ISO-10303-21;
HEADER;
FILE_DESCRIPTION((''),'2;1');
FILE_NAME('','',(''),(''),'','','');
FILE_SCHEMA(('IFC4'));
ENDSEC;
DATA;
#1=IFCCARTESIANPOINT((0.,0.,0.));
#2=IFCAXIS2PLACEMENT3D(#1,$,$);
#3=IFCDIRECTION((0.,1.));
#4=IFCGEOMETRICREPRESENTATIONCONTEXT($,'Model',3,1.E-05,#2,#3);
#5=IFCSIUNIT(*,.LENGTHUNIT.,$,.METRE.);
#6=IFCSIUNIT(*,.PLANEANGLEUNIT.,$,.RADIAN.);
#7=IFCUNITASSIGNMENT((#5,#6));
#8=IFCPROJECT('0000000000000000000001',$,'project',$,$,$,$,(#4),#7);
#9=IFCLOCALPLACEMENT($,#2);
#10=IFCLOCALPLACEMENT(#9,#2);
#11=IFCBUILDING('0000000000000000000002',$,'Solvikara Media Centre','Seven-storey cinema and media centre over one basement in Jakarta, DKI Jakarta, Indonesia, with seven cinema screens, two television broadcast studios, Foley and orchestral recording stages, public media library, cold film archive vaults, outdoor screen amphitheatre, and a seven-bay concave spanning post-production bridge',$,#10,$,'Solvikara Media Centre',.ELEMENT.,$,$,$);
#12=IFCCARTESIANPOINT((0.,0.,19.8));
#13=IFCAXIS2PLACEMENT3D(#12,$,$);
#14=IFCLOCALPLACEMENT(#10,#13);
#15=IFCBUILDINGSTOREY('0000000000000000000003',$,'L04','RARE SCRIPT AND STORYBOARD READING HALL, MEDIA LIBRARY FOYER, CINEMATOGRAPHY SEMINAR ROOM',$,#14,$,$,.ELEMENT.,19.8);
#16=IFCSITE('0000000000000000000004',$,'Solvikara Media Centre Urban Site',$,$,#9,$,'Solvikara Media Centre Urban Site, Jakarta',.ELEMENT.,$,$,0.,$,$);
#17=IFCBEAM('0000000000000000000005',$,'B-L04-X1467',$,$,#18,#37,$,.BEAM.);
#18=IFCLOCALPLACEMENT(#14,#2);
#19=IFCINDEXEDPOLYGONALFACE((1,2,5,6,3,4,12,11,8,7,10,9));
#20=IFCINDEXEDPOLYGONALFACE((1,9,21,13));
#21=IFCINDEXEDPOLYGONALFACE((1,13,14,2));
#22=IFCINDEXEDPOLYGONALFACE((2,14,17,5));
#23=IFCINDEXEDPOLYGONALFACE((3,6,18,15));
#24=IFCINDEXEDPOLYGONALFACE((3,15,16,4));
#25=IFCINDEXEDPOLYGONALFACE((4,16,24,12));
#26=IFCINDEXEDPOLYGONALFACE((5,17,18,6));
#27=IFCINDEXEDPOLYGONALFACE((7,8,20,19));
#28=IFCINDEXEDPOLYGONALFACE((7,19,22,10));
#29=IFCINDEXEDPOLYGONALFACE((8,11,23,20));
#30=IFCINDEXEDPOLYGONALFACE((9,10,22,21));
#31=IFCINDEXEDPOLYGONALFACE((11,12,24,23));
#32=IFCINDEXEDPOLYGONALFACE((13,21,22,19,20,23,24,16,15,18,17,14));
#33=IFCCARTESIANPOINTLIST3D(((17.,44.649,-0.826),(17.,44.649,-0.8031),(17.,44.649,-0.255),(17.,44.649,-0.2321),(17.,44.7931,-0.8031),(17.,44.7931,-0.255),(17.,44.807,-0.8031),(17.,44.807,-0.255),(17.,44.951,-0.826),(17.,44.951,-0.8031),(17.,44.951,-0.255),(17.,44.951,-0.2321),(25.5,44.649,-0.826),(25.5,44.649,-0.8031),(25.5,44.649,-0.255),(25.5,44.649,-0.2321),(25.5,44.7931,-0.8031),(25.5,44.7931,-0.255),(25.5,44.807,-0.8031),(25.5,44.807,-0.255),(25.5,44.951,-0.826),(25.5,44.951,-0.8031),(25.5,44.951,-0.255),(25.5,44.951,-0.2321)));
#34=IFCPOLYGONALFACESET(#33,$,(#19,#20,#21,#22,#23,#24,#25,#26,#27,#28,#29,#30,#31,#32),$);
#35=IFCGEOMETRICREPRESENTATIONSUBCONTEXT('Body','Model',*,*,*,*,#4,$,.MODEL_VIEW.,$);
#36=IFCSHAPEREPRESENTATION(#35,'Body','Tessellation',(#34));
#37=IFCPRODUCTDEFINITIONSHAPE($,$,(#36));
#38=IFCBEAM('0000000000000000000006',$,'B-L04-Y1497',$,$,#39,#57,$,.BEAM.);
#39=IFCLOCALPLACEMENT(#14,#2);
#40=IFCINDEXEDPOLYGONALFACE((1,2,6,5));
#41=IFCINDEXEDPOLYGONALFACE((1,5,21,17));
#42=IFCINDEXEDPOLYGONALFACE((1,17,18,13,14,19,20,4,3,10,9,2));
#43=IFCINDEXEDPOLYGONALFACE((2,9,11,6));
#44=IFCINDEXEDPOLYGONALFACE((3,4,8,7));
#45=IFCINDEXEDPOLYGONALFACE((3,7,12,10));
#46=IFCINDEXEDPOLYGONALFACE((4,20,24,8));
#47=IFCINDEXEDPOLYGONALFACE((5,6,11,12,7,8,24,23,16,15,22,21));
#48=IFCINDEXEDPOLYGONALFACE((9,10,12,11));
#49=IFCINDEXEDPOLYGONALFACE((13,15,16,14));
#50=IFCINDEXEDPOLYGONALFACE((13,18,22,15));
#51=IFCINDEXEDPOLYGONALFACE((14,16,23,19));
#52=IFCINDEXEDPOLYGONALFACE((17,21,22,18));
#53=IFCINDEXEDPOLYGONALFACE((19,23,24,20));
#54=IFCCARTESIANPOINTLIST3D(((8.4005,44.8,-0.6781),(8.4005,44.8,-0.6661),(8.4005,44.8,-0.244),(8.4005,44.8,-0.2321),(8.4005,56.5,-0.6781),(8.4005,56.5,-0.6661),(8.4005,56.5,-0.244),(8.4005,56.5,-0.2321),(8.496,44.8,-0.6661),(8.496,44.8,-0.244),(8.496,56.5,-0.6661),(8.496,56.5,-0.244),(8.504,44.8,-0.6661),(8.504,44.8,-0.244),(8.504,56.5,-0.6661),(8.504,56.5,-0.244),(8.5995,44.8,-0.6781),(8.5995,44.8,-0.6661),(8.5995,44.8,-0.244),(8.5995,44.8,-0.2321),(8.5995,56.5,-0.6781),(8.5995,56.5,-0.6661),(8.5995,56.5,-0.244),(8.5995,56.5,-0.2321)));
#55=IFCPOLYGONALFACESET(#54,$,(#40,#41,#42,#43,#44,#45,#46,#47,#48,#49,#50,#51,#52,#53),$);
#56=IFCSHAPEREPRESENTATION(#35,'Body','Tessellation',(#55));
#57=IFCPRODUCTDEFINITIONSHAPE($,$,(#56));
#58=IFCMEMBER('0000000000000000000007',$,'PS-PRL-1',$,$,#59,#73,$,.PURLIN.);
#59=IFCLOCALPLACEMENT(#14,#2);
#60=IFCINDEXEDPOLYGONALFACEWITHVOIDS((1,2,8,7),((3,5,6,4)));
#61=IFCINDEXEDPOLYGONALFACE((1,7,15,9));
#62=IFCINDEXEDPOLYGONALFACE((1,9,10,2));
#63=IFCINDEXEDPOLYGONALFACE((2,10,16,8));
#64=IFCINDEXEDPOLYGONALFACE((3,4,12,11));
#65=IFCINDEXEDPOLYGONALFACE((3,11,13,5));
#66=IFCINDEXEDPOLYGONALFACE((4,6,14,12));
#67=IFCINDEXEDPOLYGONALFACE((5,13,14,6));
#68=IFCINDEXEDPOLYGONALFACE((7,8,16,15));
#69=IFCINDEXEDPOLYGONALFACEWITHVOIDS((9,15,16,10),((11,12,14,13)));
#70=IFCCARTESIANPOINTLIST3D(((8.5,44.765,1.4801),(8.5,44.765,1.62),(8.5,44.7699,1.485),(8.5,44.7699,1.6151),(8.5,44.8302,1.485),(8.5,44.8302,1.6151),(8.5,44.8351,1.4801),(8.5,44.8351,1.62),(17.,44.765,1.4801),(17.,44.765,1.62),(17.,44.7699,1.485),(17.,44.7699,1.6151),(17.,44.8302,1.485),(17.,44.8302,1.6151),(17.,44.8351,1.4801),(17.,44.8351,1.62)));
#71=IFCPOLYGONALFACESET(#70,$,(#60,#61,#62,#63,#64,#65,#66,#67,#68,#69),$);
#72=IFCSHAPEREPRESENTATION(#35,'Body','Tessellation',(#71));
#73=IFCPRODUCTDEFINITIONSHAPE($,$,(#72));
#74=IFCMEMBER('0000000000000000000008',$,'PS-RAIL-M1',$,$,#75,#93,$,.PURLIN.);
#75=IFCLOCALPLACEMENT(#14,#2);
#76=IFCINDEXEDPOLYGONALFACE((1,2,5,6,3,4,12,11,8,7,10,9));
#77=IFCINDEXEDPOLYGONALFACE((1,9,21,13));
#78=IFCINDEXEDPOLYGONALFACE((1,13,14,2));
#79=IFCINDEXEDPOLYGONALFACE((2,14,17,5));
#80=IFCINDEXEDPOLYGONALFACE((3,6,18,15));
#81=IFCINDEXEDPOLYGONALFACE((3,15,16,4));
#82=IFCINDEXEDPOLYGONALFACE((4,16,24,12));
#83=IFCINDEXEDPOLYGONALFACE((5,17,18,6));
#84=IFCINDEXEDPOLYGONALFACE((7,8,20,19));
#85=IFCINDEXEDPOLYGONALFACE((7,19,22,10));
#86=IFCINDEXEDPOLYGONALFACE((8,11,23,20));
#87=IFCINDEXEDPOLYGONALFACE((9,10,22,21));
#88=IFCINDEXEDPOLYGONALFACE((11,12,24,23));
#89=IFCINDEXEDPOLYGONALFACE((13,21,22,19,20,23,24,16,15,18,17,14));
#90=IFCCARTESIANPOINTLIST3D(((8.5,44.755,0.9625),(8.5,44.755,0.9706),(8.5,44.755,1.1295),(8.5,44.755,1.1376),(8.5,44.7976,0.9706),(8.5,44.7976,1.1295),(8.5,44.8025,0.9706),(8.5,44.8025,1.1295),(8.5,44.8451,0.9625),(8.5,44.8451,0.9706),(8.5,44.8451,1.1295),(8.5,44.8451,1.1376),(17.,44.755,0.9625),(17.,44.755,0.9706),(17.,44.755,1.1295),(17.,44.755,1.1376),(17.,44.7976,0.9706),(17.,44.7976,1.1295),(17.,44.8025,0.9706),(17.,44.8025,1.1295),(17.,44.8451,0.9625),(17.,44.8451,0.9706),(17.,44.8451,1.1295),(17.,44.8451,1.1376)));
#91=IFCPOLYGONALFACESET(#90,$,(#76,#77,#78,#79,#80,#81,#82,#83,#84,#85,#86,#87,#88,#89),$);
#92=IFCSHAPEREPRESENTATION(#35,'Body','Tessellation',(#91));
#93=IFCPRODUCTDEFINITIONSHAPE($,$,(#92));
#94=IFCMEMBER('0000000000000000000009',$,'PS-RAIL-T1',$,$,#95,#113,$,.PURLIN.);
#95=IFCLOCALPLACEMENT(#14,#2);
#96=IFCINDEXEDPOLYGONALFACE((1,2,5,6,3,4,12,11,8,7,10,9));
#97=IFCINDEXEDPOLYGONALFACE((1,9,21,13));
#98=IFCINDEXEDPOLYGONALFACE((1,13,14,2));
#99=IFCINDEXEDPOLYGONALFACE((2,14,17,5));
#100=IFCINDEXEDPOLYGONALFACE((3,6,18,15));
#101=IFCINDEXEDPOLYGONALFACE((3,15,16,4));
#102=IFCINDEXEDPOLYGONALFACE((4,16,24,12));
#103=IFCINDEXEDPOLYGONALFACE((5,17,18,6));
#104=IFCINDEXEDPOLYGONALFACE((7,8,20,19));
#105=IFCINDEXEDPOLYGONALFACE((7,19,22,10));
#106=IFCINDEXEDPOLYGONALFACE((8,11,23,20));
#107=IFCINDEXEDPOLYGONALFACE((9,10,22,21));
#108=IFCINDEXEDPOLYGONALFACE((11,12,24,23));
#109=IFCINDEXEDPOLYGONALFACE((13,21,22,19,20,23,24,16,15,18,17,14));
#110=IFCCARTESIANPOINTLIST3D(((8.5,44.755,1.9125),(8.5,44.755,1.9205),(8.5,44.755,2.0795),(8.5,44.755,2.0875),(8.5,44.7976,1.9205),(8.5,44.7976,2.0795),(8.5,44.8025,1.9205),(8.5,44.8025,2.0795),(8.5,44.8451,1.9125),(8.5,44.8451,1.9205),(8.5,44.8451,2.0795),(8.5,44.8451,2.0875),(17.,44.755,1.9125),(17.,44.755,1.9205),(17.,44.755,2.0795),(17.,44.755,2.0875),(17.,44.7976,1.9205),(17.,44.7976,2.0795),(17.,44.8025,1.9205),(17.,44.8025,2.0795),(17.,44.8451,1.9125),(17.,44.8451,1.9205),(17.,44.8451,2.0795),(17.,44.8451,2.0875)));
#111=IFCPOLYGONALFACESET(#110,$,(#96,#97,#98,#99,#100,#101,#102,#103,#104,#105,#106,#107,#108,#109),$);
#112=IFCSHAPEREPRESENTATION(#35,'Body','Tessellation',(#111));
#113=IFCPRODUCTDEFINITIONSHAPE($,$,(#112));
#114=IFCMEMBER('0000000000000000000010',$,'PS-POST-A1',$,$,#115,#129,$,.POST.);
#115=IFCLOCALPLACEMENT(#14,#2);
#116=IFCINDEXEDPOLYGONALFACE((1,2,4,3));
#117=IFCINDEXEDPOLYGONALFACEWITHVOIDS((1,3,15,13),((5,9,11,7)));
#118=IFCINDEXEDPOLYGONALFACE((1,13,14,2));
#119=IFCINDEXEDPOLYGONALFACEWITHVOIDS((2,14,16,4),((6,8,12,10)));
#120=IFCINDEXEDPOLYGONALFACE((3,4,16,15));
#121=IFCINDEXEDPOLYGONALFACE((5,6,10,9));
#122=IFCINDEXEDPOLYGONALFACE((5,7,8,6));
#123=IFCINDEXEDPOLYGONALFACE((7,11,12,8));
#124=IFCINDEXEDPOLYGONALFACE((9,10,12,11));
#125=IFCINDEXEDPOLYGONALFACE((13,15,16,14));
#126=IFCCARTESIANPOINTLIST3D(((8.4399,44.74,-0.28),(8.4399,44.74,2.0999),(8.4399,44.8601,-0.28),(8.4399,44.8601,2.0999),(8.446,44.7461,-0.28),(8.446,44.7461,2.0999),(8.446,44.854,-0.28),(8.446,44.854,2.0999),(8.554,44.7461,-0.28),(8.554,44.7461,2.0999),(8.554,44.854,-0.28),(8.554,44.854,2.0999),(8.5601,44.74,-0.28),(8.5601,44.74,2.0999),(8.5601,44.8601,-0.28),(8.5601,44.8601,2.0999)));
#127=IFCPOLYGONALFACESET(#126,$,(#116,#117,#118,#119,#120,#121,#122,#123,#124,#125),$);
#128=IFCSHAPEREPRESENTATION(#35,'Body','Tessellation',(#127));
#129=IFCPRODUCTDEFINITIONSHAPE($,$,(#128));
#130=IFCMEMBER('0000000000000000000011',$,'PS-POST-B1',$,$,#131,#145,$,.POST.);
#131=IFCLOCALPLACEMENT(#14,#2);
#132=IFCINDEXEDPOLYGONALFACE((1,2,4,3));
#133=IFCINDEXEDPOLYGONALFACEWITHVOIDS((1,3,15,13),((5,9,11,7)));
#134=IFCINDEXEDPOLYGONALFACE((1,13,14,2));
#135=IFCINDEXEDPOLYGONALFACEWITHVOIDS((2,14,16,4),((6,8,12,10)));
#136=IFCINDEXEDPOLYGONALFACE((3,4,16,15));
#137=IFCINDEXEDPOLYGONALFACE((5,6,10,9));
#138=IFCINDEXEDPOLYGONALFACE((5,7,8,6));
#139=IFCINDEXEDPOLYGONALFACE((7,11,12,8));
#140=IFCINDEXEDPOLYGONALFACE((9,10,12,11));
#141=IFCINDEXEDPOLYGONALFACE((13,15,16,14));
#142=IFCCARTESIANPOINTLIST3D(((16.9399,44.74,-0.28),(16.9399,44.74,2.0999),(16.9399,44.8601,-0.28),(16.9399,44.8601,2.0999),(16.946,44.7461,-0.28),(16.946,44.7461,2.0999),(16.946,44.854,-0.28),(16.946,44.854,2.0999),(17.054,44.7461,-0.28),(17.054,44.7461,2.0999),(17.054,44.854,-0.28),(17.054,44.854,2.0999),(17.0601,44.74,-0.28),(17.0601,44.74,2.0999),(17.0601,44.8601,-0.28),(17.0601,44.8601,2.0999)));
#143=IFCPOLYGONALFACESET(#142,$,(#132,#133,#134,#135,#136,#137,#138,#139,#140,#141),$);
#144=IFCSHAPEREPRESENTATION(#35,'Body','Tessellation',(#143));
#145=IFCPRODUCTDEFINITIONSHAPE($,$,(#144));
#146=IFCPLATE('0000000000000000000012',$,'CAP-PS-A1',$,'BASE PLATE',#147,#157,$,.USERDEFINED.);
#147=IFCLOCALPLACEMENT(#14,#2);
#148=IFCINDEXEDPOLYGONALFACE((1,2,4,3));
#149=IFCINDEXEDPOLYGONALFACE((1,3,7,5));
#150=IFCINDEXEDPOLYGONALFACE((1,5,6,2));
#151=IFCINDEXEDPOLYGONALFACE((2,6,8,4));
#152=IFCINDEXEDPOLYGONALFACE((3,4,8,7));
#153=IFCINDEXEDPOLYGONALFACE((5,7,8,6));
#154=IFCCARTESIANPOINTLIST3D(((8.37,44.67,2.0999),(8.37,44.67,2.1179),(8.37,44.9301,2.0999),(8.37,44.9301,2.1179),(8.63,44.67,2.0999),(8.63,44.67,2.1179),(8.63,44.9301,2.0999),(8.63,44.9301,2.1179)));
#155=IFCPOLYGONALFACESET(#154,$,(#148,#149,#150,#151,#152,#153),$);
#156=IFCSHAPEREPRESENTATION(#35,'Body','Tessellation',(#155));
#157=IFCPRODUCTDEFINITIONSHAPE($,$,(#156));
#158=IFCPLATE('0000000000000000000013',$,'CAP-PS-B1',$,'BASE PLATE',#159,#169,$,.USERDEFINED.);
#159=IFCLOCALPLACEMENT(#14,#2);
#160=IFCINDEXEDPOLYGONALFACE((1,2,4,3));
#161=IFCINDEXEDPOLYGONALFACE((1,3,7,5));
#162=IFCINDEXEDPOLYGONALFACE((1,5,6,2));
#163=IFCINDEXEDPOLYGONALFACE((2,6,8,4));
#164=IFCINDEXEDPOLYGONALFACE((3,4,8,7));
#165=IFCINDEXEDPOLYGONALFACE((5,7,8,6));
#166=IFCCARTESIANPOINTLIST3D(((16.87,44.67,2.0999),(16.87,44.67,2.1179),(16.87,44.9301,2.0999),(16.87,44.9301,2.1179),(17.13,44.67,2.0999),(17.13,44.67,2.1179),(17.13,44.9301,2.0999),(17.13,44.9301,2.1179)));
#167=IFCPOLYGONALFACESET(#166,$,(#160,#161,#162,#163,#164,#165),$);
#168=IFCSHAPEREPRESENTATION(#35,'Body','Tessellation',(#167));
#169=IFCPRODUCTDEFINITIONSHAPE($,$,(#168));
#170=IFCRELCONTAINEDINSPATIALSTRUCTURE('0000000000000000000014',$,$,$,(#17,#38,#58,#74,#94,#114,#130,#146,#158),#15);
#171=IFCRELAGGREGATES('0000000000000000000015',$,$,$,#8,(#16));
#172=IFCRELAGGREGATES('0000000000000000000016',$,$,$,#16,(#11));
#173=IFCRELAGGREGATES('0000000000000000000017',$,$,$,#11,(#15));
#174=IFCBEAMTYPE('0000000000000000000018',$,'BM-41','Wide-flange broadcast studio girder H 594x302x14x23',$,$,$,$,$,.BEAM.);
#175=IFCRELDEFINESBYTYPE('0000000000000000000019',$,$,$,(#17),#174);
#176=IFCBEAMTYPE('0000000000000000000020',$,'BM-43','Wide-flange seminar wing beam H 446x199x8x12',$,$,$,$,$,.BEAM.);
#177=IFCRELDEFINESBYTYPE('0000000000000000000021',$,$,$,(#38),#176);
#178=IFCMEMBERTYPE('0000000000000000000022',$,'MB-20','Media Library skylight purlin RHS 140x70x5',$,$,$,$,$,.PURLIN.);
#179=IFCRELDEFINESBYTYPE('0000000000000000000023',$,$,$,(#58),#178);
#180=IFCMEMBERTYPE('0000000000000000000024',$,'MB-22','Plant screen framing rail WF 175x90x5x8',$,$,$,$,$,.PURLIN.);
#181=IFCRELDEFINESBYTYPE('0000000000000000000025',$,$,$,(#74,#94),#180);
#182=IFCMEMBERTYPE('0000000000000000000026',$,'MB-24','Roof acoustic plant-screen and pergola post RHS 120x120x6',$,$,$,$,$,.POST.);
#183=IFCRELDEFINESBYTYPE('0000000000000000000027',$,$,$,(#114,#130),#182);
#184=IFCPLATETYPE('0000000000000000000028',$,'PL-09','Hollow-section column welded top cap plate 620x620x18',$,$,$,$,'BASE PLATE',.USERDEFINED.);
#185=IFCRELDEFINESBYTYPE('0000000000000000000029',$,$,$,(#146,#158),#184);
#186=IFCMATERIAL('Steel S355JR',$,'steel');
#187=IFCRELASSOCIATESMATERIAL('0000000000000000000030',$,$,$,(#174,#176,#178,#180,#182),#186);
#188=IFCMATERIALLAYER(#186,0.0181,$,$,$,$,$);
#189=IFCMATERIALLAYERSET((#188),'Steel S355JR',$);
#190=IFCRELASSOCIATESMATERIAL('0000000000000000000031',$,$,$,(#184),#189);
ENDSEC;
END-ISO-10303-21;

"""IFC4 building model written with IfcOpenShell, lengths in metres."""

from ifc_helpers import new_model, si_unit, direction, frame, origin, origin_2d, place, context, subcontext, project, spatial, rectangle, hollow_rectangle, i_section, extrude, material, layer, layer_set, material_profile, profile_set, type_object, element, save


model = new_model("IFC4")

# Units and contexts
model_context = context("Model", 3, precision=1e-05, world=origin(), true_north=direction((0.0, 1.0)))
body_context = subcontext(model_context, "Body", "Model", "MODEL_VIEW")
ifc_project = project(units=[si_unit("LENGTHUNIT", "METRE"), si_unit("PLANEANGLEUNIT", "RADIAN")], contexts=[model_context])

# Site, building, storey
site_placement = place(None, origin())
site = spatial("IfcSite", under=ifc_project, at=site_placement, Name="Solvikara Media Centre Urban Site", LongName="Solvikara Media Centre Urban Site, Jakarta", CompositionType="ELEMENT", RefElevation=0.0)
building_placement = place(site_placement, origin())
building = spatial("IfcBuilding", under=site, at=building_placement, Name="Solvikara Media Centre", Description="Seven-storey cinema and media centre over one basement in Jakarta, DKI Jakarta, Indonesia, with seven cinema screens, two television broadcast studios, Foley and orchestral recording stages, public media library, cold film archive vaults, outdoor screen amphitheatre, and a seven-bay concave spanning post-production bridge", LongName="Solvikara Media Centre", CompositionType="ELEMENT")
storey_placement = place(building_placement, frame((0.0, 0.0, 19.8)))
storey = spatial("IfcBuildingStorey", under=building, at=storey_placement, Name="L04", Description="RARE SCRIPT AND STORYBOARD READING HALL, MEDIA LIBRARY FOYER, CINEMATOGRAPHY SEMINAR ROOM", CompositionType="ELEMENT", Elevation=19.8)

# Beams
ifc_material = material(Name="Steel S355JR", Category="steel")
ifc_material_profile_1 = material_profile(ifc_material, i_section(OverallWidth=0.302, OverallDepth=0.594, WebThickness=0.0139, FlangeThickness=0.0229, at=origin_2d()), Name="H 594x302x14x23")
ifc_profile_set_1 = profile_set([ifc_material_profile_1], Name="Steel S355JR")
beam_type_1 = type_object("IfcBeamType", Name="BM-41", Description="Wide-flange broadcast studio girder H 594x302x14x23", PredefinedType="BEAM", material=ifc_profile_set_1)
beam_1_placement = place(storey_placement, frame((17.0, 44.8, -0.5291), z_axis=(1.0, 0.0, 0.0), x_axis=(0.0, 1.0, 0.0)))
element("IfcBeam", 1, at=beam_1_placement, inside=storey, type_object=beam_type_1, Name="B-L04-X1467", PredefinedType="BEAM", context=body_context, shape_type="SweptSolid", body=[
    extrude(i_section(OverallWidth=0.302, OverallDepth=0.594, WebThickness=0.0139, FlangeThickness=0.0229, at=origin_2d()), origin(), (0.0, 0.0, 1.0), 8.5),
])
ifc_material_profile_2 = material_profile(ifc_material, i_section(OverallWidth=0.199, OverallDepth=0.446, WebThickness=0.0081, FlangeThickness=0.012, at=origin_2d()), Name="H 446x199x8x12")
ifc_profile_set_2 = profile_set([ifc_material_profile_2], Name="Steel S355JR")
beam_type_2 = type_object("IfcBeamType", Name="BM-43", Description="Wide-flange seminar wing beam H 446x199x8x12", PredefinedType="BEAM", material=ifc_profile_set_2)
beam_2_placement = place(storey_placement, frame((8.5, 44.8, -0.4551), z_axis=(0.0, 1.0, 0.0), x_axis=(-1.0, 0.0, 0.0)))
element("IfcBeam", 2, at=beam_2_placement, inside=storey, type_object=beam_type_2, Name="B-L04-Y1497", PredefinedType="BEAM", context=body_context, shape_type="SweptSolid", body=[
    extrude(i_section(OverallWidth=0.199, OverallDepth=0.446, WebThickness=0.0081, FlangeThickness=0.012, at=origin_2d()), origin(), (0.0, 0.0, 1.0), 11.7),
])

# Members
ifc_material_profile_3 = material_profile(ifc_material, hollow_rectangle(XDim=0.0701, YDim=0.1399, WallThickness=0.0049, at=origin_2d()), Name="RHS 140x70x5")
ifc_profile_set_3 = profile_set([ifc_material_profile_3], Name="Steel S355JR")
member_type_1 = type_object("IfcMemberType", Name="MB-20", Description="Media Library skylight purlin RHS 140x70x5", PredefinedType="PURLIN", material=ifc_profile_set_3)
member_placement = place(storey_placement, frame((8.5, 44.8, 1.55), z_axis=(1.0, 0.0, 0.0), x_axis=(0.0, 1.0, 0.0)))
element("IfcMember", 3, at=member_placement, inside=storey, type_object=member_type_1, Name="PS-PRL-1", PredefinedType="PURLIN", context=body_context, shape_type="SweptSolid", body=[
    extrude(hollow_rectangle(XDim=0.0701, YDim=0.1399, WallThickness=0.0049, at=origin_2d()), origin(), (0.0, 0.0, 1.0), 8.5),
])
ifc_material_profile_4 = material_profile(ifc_material, i_section(OverallWidth=0.0901, OverallDepth=0.175, WebThickness=0.0049, FlangeThickness=0.0081, at=origin_2d()), Name="WF 175x90x5x8")
ifc_profile_set_4 = profile_set([ifc_material_profile_4], Name="Steel S355JR")
member_type_2 = type_object("IfcMemberType", Name="MB-22", Description="Plant screen framing rail WF 175x90x5x8", PredefinedType="PURLIN", material=ifc_profile_set_4)
for number, where, z_axis, x_axis, name in (
    (4, (8.5, 44.8, 1.05), (1.0, 0.0, 0.0), (0.0, 1.0, 0.0), "PS-RAIL-M1"),
    (5, (8.5, 44.8, 2.0), (1.0, 0.0, 0.0), (0.0, 1.0, 0.0), "PS-RAIL-T1"),
):
    element("IfcMember", number, at=place(storey_placement, frame(where, z_axis=z_axis, x_axis=x_axis)), inside=storey, type_object=member_type_2, Name=name, PredefinedType="PURLIN", context=body_context, shape_type="SweptSolid", body=[
        extrude(i_section(OverallWidth=0.0901, OverallDepth=0.175, WebThickness=0.0049, FlangeThickness=0.0081, at=origin_2d()), origin(), (0.0, 0.0, 1.0), 8.5),
    ])
ifc_material_profile_5 = material_profile(ifc_material, hollow_rectangle(XDim=0.1201, YDim=0.1201, WallThickness=0.0061, at=origin_2d()), Name="RHS 120x120x6")
ifc_profile_set_5 = profile_set([ifc_material_profile_5], Name="Steel S355JR")
member_type_3 = type_object("IfcMemberType", Name="MB-24", Description="Roof acoustic plant-screen and pergola post RHS 120x120x6", PredefinedType="POST", material=ifc_profile_set_5)
for number, where, z_axis, x_axis, name in (
    (6, (8.5, 44.8, -0.28), (0.0, 0.0, 1.0), (1.0, 0.0, 0.0), "PS-POST-A1"),
    (7, (17.0, 44.8, -0.28), (0.0, 0.0, 1.0), (1.0, 0.0, 0.0), "PS-POST-B1"),
):
    element("IfcMember", number, at=place(storey_placement, frame(where, z_axis=z_axis, x_axis=x_axis)), inside=storey, type_object=member_type_3, Name=name, PredefinedType="POST", context=body_context, shape_type="SweptSolid", body=[
        extrude(hollow_rectangle(XDim=0.1201, YDim=0.1201, WallThickness=0.0061, at=origin_2d()), origin(), (0.0, 0.0, 1.0), 2.3799),
    ])

# Plates
ifc_layer = layer(ifc_material, 0.0181)
ifc_layer_set = layer_set([ifc_layer], Name="Steel S355JR")
plate_type = type_object("IfcPlateType", Name="PL-09", Description="Hollow-section column welded top cap plate 620x620x18", ElementType="BASE PLATE", PredefinedType="USERDEFINED", material=ifc_layer_set)
for number, where, z_axis, x_axis, name in (
    (8, (8.5, 44.8, 2.0999), (0.0, 0.0, 1.0), (1.0, 0.0, 0.0), "CAP-PS-A1"),
    (9, (17.0, 44.8, 2.0999), (0.0, 0.0, 1.0), (1.0, 0.0, 0.0), "CAP-PS-B1"),
):
    element("IfcPlate", number, at=place(storey_placement, frame(where, z_axis=z_axis, x_axis=x_axis)), inside=storey, type_object=plate_type, Name=name, ObjectType="BASE PLATE", PredefinedType="USERDEFINED", context=body_context, shape_type="SweptSolid", body=[
        extrude(rectangle(XDim=0.26, YDim=0.26, at=origin_2d()), origin(), (0.0, 0.0, 1.0), 0.0181),
    ])

save(model, "model.ifc")
